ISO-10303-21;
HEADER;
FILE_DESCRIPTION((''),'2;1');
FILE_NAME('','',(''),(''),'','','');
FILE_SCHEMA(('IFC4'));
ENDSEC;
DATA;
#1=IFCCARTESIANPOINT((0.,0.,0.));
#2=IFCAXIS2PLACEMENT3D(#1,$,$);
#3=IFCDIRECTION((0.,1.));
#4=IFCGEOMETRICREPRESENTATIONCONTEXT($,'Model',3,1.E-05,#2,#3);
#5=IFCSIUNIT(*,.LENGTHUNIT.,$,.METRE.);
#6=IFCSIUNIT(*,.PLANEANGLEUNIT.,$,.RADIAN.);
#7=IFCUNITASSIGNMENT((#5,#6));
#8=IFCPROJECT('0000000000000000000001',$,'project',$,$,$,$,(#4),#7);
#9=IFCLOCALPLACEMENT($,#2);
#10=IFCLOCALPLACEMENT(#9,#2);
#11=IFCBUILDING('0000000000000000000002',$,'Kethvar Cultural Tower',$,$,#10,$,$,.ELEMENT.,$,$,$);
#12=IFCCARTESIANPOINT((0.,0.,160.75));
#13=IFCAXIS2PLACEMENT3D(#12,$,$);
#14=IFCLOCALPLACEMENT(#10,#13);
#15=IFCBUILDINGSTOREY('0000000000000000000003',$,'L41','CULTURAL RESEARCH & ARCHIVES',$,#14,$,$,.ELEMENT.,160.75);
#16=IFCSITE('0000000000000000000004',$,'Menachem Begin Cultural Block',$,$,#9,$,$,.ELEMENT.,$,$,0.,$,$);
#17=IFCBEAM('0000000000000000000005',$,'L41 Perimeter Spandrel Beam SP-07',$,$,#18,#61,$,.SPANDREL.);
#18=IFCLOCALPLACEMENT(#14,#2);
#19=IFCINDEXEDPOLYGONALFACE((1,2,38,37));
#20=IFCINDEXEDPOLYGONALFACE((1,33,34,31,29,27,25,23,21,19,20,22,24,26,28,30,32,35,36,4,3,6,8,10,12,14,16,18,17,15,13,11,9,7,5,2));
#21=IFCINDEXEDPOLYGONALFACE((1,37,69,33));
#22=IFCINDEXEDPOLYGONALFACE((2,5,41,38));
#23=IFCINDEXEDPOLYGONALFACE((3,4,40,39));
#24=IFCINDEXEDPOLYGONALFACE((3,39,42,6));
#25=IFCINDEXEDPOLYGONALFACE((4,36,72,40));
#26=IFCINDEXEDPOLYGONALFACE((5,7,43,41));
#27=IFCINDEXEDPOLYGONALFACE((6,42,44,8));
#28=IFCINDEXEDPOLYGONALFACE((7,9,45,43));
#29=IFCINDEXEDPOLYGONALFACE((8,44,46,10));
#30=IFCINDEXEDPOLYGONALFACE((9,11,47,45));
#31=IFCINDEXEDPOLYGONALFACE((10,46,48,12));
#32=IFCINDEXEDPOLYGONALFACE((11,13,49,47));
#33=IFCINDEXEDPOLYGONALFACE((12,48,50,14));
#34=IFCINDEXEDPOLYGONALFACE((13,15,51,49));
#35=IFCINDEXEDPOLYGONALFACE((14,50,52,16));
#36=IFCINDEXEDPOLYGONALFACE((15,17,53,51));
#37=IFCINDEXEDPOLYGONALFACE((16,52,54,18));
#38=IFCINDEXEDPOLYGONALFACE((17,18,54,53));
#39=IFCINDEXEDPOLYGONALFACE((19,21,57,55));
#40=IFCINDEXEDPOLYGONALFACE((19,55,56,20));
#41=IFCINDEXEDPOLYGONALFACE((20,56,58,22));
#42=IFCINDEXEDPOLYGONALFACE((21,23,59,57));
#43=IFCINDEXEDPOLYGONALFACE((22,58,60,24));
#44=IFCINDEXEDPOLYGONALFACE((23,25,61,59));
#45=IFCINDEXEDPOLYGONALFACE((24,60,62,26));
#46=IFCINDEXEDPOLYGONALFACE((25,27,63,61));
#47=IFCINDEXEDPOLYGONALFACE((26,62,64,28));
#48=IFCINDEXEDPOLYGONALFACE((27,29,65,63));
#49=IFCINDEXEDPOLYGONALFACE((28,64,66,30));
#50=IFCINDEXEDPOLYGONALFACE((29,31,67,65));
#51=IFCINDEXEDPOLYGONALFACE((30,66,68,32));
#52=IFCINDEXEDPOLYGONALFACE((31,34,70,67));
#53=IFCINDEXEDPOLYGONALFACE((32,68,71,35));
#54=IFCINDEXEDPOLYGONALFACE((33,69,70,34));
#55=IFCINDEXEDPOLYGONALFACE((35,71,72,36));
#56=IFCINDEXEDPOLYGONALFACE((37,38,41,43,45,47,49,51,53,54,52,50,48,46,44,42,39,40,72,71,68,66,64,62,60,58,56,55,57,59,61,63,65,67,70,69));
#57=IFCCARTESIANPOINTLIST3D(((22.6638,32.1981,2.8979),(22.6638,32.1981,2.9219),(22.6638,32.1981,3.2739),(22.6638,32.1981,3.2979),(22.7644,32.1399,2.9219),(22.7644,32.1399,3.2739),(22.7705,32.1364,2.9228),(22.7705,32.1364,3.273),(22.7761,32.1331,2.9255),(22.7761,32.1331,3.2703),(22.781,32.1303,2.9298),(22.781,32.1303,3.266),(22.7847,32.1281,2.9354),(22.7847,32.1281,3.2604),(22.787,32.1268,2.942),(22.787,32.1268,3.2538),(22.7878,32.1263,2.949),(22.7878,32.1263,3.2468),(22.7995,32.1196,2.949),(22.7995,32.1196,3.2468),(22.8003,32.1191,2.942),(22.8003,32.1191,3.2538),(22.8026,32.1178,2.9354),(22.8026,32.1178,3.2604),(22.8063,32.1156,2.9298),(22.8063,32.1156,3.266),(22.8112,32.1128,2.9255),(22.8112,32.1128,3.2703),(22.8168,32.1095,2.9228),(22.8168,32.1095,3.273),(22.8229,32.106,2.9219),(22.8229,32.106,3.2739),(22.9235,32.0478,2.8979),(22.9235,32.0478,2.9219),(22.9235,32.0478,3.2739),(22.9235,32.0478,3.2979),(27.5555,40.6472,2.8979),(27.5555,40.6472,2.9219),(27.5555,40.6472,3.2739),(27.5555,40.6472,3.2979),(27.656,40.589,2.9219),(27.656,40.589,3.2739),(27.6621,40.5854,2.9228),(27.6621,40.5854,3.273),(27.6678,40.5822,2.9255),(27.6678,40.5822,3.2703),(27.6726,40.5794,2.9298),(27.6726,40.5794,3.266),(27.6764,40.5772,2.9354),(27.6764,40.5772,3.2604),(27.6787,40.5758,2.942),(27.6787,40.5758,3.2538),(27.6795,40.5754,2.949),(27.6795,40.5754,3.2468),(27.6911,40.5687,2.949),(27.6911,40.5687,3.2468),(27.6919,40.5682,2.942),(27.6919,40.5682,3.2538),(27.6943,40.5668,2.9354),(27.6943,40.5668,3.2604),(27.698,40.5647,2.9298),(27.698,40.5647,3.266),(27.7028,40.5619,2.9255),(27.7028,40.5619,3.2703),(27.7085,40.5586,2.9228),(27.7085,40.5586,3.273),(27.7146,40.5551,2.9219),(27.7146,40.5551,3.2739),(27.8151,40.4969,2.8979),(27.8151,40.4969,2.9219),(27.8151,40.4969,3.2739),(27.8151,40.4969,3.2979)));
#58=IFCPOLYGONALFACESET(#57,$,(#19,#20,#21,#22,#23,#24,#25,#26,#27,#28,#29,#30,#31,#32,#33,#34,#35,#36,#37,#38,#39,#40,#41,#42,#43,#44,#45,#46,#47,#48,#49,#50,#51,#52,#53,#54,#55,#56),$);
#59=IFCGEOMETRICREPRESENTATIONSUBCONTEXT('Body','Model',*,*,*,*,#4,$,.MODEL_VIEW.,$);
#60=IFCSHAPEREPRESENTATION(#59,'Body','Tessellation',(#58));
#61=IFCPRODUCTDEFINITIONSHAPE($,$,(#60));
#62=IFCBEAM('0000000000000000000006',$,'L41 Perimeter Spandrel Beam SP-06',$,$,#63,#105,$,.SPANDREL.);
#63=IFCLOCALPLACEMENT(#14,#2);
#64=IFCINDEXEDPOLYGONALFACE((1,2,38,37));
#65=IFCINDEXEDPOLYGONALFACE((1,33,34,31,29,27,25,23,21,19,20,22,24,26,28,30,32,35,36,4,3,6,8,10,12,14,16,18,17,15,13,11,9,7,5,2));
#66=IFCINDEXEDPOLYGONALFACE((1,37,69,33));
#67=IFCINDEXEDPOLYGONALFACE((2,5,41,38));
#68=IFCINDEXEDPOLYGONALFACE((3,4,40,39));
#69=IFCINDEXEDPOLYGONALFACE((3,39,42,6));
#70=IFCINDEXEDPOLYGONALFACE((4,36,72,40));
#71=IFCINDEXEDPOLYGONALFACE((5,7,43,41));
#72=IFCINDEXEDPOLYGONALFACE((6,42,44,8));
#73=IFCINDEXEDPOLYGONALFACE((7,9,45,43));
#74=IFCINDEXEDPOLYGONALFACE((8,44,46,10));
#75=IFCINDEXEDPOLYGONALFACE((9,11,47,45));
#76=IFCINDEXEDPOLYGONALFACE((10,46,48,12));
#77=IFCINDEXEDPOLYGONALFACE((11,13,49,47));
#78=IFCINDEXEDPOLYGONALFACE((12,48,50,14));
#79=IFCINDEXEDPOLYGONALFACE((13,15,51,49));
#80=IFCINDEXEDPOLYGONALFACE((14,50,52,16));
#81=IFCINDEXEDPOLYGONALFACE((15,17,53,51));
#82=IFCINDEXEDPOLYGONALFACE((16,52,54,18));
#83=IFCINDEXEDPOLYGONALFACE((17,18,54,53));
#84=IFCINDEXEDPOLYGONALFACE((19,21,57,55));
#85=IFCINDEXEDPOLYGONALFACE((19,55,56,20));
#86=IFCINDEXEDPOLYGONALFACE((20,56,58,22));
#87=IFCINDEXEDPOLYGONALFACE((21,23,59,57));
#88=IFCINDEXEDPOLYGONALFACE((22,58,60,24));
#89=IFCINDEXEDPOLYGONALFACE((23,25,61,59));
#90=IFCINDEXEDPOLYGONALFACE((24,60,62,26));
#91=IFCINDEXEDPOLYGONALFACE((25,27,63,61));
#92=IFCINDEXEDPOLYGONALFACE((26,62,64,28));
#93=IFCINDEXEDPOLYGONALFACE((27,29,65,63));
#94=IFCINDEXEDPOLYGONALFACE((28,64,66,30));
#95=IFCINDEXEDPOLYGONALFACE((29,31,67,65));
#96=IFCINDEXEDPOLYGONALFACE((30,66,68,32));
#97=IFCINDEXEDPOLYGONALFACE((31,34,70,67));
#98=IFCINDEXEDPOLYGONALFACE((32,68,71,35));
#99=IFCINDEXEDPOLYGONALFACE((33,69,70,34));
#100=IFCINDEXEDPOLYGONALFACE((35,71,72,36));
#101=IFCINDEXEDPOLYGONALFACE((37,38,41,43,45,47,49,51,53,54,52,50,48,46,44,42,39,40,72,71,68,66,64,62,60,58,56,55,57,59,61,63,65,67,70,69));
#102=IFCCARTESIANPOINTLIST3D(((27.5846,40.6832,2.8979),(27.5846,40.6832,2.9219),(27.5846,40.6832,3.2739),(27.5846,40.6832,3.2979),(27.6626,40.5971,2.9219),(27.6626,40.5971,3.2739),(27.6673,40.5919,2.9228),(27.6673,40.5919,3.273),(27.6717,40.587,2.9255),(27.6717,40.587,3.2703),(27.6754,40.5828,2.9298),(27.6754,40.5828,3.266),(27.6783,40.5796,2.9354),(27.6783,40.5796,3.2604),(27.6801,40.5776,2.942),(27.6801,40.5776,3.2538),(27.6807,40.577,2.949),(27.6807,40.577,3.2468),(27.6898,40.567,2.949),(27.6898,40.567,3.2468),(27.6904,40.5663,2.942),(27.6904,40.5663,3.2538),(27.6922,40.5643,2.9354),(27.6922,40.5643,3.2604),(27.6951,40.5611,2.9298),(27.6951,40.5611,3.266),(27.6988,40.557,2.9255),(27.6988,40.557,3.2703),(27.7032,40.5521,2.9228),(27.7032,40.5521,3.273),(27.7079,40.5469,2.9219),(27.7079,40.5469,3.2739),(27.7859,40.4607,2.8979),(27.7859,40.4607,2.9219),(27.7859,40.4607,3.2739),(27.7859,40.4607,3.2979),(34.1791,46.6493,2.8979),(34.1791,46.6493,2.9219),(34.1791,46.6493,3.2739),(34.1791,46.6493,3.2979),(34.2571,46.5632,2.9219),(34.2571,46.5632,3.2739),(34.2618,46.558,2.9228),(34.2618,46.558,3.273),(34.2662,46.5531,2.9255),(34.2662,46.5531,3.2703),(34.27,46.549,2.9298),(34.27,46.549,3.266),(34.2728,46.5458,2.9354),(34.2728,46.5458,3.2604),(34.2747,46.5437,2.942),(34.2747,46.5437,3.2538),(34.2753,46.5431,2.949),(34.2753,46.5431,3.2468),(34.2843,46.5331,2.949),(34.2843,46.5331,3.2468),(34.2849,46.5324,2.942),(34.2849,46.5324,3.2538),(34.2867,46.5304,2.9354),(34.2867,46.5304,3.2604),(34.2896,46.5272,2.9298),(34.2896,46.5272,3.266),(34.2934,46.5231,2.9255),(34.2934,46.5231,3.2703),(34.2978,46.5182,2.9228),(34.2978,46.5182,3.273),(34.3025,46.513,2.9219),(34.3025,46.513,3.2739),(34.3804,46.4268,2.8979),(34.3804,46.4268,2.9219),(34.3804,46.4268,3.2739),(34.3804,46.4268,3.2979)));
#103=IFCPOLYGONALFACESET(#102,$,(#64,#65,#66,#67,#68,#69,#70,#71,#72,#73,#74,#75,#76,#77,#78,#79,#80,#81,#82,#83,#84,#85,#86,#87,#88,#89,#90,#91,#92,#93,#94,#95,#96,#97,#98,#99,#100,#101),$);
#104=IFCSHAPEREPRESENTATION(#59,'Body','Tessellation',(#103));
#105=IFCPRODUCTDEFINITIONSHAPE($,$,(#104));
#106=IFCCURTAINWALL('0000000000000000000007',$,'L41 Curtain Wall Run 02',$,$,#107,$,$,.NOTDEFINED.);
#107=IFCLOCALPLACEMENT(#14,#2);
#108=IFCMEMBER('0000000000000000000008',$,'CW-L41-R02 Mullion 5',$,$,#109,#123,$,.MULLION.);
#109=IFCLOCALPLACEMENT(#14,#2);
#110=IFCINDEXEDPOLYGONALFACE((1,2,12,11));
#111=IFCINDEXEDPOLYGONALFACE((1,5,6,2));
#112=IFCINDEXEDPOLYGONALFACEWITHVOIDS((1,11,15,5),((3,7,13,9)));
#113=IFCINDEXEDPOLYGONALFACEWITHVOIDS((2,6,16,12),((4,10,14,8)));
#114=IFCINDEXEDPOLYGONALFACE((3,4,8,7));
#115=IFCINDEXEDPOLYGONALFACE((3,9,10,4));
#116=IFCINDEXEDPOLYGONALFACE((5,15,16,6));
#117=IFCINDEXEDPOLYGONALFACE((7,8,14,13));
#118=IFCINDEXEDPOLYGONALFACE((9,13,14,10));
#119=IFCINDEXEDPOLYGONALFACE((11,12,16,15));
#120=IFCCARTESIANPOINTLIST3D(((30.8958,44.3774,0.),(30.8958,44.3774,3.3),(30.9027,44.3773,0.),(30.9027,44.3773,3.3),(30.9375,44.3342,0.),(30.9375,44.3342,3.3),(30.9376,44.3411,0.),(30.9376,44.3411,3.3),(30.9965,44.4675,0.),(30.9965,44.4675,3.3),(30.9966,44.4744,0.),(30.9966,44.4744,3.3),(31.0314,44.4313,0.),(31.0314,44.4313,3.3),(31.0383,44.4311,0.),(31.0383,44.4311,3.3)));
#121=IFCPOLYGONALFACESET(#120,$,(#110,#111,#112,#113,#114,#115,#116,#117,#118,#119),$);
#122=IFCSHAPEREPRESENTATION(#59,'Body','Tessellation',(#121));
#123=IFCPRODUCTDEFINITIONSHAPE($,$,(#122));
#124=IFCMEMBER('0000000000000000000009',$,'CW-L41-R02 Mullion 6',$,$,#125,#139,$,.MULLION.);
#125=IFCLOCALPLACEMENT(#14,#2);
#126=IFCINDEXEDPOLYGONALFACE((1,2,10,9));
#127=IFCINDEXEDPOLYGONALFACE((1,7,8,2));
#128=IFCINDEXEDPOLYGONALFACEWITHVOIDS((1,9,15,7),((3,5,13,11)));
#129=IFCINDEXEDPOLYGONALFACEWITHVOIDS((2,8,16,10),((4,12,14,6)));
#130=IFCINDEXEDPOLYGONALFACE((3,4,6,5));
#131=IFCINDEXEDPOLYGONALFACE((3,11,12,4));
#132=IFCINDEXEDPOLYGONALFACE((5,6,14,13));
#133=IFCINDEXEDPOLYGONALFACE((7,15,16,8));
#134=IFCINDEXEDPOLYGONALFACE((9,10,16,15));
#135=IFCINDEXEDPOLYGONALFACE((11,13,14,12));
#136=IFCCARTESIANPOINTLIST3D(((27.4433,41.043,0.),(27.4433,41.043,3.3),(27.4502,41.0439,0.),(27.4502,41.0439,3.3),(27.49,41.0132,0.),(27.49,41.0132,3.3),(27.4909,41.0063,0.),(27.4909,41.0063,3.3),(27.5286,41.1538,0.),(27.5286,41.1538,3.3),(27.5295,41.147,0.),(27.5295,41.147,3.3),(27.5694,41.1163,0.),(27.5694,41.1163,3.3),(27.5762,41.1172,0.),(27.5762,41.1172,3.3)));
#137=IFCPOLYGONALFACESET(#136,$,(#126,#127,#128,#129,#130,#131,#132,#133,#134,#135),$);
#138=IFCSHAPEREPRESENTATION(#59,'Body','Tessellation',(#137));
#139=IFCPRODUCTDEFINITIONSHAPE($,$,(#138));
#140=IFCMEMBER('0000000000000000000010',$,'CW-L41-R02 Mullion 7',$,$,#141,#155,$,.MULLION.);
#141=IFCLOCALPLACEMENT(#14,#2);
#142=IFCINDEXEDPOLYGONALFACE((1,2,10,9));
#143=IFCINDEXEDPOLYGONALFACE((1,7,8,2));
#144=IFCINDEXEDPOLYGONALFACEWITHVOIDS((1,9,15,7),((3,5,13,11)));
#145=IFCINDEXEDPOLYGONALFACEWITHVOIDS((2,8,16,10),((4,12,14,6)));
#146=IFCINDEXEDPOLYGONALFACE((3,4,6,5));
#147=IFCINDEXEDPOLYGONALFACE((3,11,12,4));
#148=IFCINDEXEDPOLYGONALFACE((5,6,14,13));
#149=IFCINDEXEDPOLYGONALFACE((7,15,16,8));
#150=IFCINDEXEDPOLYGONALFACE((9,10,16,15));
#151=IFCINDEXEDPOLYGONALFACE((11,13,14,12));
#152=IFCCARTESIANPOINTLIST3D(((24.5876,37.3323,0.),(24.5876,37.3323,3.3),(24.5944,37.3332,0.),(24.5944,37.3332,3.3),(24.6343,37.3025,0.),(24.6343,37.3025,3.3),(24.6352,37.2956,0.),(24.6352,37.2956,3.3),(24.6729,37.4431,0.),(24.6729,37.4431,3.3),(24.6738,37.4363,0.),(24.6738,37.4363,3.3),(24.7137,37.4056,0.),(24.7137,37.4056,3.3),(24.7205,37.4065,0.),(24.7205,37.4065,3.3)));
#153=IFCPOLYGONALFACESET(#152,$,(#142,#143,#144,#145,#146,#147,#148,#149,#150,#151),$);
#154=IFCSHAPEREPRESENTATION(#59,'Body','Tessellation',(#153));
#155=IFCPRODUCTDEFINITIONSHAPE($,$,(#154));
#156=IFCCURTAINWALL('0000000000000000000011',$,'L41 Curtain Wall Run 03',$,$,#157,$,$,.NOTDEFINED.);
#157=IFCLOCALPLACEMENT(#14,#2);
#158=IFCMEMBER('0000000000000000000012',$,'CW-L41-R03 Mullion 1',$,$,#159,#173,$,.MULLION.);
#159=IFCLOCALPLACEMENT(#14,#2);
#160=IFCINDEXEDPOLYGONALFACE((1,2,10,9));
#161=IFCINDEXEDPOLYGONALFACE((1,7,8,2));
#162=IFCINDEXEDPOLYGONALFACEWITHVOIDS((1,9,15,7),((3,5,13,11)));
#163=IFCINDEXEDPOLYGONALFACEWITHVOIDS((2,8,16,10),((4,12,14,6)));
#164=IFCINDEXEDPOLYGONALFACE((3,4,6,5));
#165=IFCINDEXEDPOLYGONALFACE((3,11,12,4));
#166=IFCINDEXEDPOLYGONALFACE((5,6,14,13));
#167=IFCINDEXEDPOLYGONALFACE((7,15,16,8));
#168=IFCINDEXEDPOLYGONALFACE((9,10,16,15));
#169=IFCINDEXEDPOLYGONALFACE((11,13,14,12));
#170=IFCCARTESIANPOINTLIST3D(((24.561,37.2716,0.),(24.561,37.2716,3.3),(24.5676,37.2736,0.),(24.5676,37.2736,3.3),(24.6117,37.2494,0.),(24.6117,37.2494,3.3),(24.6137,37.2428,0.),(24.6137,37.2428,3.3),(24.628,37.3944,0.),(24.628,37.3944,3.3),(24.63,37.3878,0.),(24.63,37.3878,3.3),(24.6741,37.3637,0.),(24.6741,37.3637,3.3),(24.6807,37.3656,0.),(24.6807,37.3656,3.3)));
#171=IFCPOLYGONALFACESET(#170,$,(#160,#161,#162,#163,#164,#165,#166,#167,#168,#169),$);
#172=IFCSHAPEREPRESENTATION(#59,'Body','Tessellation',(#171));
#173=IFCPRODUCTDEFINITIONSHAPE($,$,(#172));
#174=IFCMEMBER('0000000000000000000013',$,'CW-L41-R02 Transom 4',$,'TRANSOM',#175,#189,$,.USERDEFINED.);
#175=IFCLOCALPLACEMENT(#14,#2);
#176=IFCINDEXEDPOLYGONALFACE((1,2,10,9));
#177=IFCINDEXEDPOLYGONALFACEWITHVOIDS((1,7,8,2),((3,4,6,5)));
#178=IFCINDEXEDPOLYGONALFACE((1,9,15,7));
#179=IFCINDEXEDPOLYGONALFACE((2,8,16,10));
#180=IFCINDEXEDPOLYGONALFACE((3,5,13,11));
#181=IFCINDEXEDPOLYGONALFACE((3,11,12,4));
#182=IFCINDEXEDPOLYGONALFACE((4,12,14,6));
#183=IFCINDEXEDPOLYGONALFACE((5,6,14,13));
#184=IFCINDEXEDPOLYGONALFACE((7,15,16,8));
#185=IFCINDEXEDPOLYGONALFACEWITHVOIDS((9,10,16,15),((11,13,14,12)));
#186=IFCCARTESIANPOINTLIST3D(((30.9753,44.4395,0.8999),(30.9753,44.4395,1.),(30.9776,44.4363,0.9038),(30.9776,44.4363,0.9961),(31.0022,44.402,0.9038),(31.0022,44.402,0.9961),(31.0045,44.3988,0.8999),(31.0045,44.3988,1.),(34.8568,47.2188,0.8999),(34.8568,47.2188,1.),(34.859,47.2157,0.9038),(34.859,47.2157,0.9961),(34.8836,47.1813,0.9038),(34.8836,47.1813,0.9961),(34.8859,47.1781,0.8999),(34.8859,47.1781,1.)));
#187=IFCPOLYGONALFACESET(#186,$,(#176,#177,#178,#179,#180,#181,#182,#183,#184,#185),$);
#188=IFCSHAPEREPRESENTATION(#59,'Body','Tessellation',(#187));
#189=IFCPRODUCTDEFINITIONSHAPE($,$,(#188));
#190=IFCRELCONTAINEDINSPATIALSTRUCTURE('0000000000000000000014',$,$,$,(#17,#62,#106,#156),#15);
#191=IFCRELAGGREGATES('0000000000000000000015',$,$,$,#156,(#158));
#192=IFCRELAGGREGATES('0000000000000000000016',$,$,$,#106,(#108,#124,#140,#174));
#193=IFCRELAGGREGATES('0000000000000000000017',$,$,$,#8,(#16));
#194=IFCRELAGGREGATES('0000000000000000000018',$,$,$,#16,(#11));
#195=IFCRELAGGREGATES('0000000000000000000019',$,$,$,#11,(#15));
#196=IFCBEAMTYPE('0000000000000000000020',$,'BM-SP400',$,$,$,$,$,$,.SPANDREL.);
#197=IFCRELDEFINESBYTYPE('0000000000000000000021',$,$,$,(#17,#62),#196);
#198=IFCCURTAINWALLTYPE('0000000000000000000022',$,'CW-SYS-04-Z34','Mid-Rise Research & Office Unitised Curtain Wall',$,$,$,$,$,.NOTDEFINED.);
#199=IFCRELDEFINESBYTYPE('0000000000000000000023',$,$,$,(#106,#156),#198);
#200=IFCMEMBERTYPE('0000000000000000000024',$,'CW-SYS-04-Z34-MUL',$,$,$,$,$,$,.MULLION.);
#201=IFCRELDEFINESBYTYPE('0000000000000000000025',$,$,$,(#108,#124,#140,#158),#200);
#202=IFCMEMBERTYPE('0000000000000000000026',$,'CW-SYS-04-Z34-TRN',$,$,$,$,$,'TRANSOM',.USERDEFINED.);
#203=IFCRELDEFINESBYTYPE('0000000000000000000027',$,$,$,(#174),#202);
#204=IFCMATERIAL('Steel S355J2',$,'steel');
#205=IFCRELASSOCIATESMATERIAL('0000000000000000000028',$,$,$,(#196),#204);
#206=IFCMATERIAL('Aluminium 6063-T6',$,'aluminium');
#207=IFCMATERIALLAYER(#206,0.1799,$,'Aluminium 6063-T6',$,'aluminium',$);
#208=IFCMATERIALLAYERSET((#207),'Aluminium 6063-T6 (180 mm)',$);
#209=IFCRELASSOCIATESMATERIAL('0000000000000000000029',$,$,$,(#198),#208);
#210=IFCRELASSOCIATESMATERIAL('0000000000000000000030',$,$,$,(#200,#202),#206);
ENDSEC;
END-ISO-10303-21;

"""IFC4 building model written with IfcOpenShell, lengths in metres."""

from ifc_helpers import new_model, si_unit, direction, frame, origin, origin_2d, place, context, subcontext, project, spatial, hollow_rectangle, i_section, extrude, source, transform, mapped, material, layer, layer_set, material_profile, profile_set, type_object, element, aggregate, save


model = new_model("IFC4")

# Units and contexts
model_context = context("Model", 3, precision=1e-05, world=origin(), true_north=direction((0.0, 1.0)))
body_context = subcontext(model_context, "Body", "Model", "MODEL_VIEW")
ifc_project = project(units=[si_unit("LENGTHUNIT", "METRE"), si_unit("PLANEANGLEUNIT", "RADIAN")], contexts=[model_context])

# Site, building, storey
site_placement = place(None, origin())
site = spatial("IfcSite", under=ifc_project, at=site_placement, Name="Menachem Begin Cultural Block", CompositionType="ELEMENT", RefElevation=0.0)
building_placement = place(site_placement, origin())
building = spatial("IfcBuilding", under=site, at=building_placement, Name="Kethvar Cultural Tower", CompositionType="ELEMENT")
storey_placement = place(building_placement, frame((0.0, 0.0, 160.75)))
storey = spatial("IfcBuildingStorey", under=building, at=storey_placement, Name="L41", Description="CULTURAL RESEARCH & ARCHIVES", CompositionType="ELEMENT", Elevation=160.75)

# Beams
ifc_material_1 = material(Name="Steel S355J2", Category="steel")
ifc_material_profile_1 = material_profile(ifc_material_1, i_section(OverallWidth=0.3, OverallDepth=0.3999, WebThickness=0.0134, FlangeThickness=0.0239, FilletRadius=0.0271, at=origin_2d()), Name="Steel S355J2 — HEB400")
ifc_profile_set_1 = profile_set([ifc_material_profile_1], Name="Steel S355J2 — HEB400")
beam_type_1 = type_object("IfcBeamType", Name="BM-SP400", PredefinedType="SPANDREL", material=ifc_profile_set_1)
shared_shape_1 = source(origin(), body_context, "Body", "SweptSolid", [
    extrude(i_section(OverallWidth=0.3, OverallDepth=0.3999, WebThickness=0.0134, FlangeThickness=0.0239, FilletRadius=0.0271, at=origin_2d()), origin(), (0.0, 0.0, 1.0), 9.7629),
])
beam_1_placement = place(storey_placement, frame((27.6853, 40.572, 3.0979), z_axis=(-0.501043, -0.865422, 0.0), x_axis=(0.865422, -0.501043, 0.0)))
element("IfcBeam", 1, at=beam_1_placement, inside=storey, type_object=beam_type_1, Name="L41 Perimeter Spandrel Beam SP-07", PredefinedType="SPANDREL", context=body_context, shape_type="MappedRepresentation", body=[
    mapped(shared_shape_1, transform((0.0, 0.0, 0.0), scale=1.0)),
])
shared_shape_2 = source(origin(), body_context, "Body", "SweptSolid", [
    extrude(i_section(OverallWidth=0.3, OverallDepth=0.3999, WebThickness=0.0134, FlangeThickness=0.0239, FilletRadius=0.0271, at=origin_2d()), origin(), (0.0, 0.0, 1.0), 8.8928),
])
beam_2_placement = place(storey_placement, frame((34.2798, 46.5381, 3.0979), z_axis=(-0.741557, -0.67089, 0.0), x_axis=(0.67089, -0.741557, 0.0)))
element("IfcBeam", 2, at=beam_2_placement, inside=storey, type_object=beam_type_1, Name="L41 Perimeter Spandrel Beam SP-06", PredefinedType="SPANDREL", context=body_context, shape_type="MappedRepresentation", body=[
    mapped(shared_shape_2, transform((0.0, 0.0, 0.0), scale=1.0)),
])

# Curtain wall, members
ifc_material_2 = material(Name="Aluminium 6063-T6", Category="aluminium")
ifc_layer_1 = layer(ifc_material_2, 0.1799, Name="Aluminium 6063-T6", Category="aluminium")
ifc_layer_set_1 = layer_set([ifc_layer_1], Name="Aluminium 6063-T6 (180 mm)")
curtain_wall_type = type_object("IfcCurtainWallType", Name="CW-SYS-04-Z34", Description="Mid-Rise Research & Office Unitised Curtain Wall", PredefinedType="NOTDEFINED", material=ifc_layer_set_1)
curtain_wall_1_placement = place(storey_placement, origin())
curtain_wall_1 = element("IfcCurtainWall", 3, at=curtain_wall_1_placement, inside=storey, type_object=curtain_wall_type, Name="L41 Curtain Wall Run 02", PredefinedType="NOTDEFINED")
ifc_material_profile_2 = material_profile(ifc_material_2, hollow_rectangle(XDim=0.0601, YDim=0.1399, WallThickness=0.0049, at=origin_2d()), Name="Aluminium 6063-T6 — RHS140x60x5")
ifc_profile_set_2 = profile_set([ifc_material_profile_2], Name="Aluminium 6063-T6 — RHS140x60x5")
member_type_1 = type_object("IfcMemberType", Name="CW-SYS-04-Z34-MUL", PredefinedType="MULLION", material=ifc_profile_set_2)
shared_shape_3 = source(origin(), body_context, "Body", "SweptSolid", [
    extrude(hollow_rectangle(XDim=0.0601, YDim=0.1399, WallThickness=0.0049, at=origin_2d()), origin(), (0.0, 0.0, 1.0), 3.3),
])
member_1_placement = place(storey_placement, frame((30.967, 44.4043, 0.0), z_axis=(0.0, 0.0, 1.0), x_axis=(0.693263, -0.720684, 0.0)))
member_1 = element("IfcMember", 4, at=member_1_placement, type_object=member_type_1, Name="CW-L41-R02 Mullion 5", PredefinedType="MULLION", context=body_context, shape_type="MappedRepresentation", body=[
    mapped(shared_shape_3, transform((0.0, 0.0, 0.0), scale=1.0)),
])
member_2_placement = place(storey_placement, frame((27.5098, 41.0801, 0.0), z_axis=(0.0, 0.0, 1.0), x_axis=(0.792503, -0.609869, 0.0)))
member_2 = element("IfcMember", 5, at=member_2_placement, type_object=member_type_1, Name="CW-L41-R02 Mullion 6", PredefinedType="MULLION", context=body_context, shape_type="MappedRepresentation", body=[
    mapped(shared_shape_3, transform((0.0, 0.0, 0.0), scale=1.0)),
])
member_3_placement = place(storey_placement, frame((24.6541, 37.3694, 0.0), z_axis=(0.0, 0.0, 1.0), x_axis=(0.792503, -0.609869, 0.0)))
member_3 = element("IfcMember", 6, at=member_3_placement, type_object=member_type_1, Name="CW-L41-R02 Mullion 7", PredefinedType="MULLION", context=body_context, shape_type="MappedRepresentation", body=[
    mapped(shared_shape_3, transform((0.0, 0.0, 0.0), scale=1.0)),
])

# Curtain wall, member
curtain_wall_2_placement = place(storey_placement, origin())
curtain_wall_2 = element("IfcCurtainWall", 7, at=curtain_wall_2_placement, inside=storey, type_object=curtain_wall_type, Name="L41 Curtain Wall Run 03", PredefinedType="NOTDEFINED")
member_4_placement = place(storey_placement, frame((24.6208, 37.3186, 0.0), z_axis=(0.0, 0.0, 1.0), x_axis=(0.877623, -0.479351, 0.0)))
member_4 = element("IfcMember", 8, at=member_4_placement, type_object=member_type_1, Name="CW-L41-R03 Mullion 1", PredefinedType="MULLION", context=body_context, shape_type="MappedRepresentation", body=[
    mapped(shared_shape_3, transform((0.0, 0.0, 0.0), scale=1.0)),
])

# Member
ifc_material_profile_3 = material_profile(ifc_material_2, hollow_rectangle(XDim=0.05, YDim=0.1001, WallThickness=0.0039, at=origin_2d()), Name="Aluminium 6063-T6 — RHS100x50x4")
ifc_profile_set_3 = profile_set([ifc_material_profile_3], Name="Aluminium 6063-T6 — RHS100x50x4")
member_type_2 = type_object("IfcMemberType", Name="CW-SYS-04-Z34-TRN", ElementType="TRANSOM", PredefinedType="USERDEFINED", material=ifc_profile_set_3)
shared_shape_4 = source(origin(), body_context, "Body", "SweptSolid", [
    extrude(hollow_rectangle(XDim=0.05, YDim=0.1001, WallThickness=0.0039, at=origin_2d()), origin(), (0.0, 0.0, 1.0), 4.7739),
])
member_5_placement = place(storey_placement, frame((34.8713, 47.1985, 0.95), z_axis=(-0.813049, -0.582196, 0.0), x_axis=(0.582196, -0.813049, 0.0)))
member_5 = element("IfcMember", 9, at=member_5_placement, type_object=member_type_2, Name="CW-L41-R02 Transom 4", ObjectType="TRANSOM", PredefinedType="USERDEFINED", context=body_context, shape_type="MappedRepresentation", body=[
    mapped(shared_shape_4, transform((0.0, 0.0, 0.0), scale=1.0)),
])
aggregate(curtain_wall_2, [member_4])

aggregate(curtain_wall_1, [member_1, member_2, member_3, member_5])

save(model, "model.ifc")
